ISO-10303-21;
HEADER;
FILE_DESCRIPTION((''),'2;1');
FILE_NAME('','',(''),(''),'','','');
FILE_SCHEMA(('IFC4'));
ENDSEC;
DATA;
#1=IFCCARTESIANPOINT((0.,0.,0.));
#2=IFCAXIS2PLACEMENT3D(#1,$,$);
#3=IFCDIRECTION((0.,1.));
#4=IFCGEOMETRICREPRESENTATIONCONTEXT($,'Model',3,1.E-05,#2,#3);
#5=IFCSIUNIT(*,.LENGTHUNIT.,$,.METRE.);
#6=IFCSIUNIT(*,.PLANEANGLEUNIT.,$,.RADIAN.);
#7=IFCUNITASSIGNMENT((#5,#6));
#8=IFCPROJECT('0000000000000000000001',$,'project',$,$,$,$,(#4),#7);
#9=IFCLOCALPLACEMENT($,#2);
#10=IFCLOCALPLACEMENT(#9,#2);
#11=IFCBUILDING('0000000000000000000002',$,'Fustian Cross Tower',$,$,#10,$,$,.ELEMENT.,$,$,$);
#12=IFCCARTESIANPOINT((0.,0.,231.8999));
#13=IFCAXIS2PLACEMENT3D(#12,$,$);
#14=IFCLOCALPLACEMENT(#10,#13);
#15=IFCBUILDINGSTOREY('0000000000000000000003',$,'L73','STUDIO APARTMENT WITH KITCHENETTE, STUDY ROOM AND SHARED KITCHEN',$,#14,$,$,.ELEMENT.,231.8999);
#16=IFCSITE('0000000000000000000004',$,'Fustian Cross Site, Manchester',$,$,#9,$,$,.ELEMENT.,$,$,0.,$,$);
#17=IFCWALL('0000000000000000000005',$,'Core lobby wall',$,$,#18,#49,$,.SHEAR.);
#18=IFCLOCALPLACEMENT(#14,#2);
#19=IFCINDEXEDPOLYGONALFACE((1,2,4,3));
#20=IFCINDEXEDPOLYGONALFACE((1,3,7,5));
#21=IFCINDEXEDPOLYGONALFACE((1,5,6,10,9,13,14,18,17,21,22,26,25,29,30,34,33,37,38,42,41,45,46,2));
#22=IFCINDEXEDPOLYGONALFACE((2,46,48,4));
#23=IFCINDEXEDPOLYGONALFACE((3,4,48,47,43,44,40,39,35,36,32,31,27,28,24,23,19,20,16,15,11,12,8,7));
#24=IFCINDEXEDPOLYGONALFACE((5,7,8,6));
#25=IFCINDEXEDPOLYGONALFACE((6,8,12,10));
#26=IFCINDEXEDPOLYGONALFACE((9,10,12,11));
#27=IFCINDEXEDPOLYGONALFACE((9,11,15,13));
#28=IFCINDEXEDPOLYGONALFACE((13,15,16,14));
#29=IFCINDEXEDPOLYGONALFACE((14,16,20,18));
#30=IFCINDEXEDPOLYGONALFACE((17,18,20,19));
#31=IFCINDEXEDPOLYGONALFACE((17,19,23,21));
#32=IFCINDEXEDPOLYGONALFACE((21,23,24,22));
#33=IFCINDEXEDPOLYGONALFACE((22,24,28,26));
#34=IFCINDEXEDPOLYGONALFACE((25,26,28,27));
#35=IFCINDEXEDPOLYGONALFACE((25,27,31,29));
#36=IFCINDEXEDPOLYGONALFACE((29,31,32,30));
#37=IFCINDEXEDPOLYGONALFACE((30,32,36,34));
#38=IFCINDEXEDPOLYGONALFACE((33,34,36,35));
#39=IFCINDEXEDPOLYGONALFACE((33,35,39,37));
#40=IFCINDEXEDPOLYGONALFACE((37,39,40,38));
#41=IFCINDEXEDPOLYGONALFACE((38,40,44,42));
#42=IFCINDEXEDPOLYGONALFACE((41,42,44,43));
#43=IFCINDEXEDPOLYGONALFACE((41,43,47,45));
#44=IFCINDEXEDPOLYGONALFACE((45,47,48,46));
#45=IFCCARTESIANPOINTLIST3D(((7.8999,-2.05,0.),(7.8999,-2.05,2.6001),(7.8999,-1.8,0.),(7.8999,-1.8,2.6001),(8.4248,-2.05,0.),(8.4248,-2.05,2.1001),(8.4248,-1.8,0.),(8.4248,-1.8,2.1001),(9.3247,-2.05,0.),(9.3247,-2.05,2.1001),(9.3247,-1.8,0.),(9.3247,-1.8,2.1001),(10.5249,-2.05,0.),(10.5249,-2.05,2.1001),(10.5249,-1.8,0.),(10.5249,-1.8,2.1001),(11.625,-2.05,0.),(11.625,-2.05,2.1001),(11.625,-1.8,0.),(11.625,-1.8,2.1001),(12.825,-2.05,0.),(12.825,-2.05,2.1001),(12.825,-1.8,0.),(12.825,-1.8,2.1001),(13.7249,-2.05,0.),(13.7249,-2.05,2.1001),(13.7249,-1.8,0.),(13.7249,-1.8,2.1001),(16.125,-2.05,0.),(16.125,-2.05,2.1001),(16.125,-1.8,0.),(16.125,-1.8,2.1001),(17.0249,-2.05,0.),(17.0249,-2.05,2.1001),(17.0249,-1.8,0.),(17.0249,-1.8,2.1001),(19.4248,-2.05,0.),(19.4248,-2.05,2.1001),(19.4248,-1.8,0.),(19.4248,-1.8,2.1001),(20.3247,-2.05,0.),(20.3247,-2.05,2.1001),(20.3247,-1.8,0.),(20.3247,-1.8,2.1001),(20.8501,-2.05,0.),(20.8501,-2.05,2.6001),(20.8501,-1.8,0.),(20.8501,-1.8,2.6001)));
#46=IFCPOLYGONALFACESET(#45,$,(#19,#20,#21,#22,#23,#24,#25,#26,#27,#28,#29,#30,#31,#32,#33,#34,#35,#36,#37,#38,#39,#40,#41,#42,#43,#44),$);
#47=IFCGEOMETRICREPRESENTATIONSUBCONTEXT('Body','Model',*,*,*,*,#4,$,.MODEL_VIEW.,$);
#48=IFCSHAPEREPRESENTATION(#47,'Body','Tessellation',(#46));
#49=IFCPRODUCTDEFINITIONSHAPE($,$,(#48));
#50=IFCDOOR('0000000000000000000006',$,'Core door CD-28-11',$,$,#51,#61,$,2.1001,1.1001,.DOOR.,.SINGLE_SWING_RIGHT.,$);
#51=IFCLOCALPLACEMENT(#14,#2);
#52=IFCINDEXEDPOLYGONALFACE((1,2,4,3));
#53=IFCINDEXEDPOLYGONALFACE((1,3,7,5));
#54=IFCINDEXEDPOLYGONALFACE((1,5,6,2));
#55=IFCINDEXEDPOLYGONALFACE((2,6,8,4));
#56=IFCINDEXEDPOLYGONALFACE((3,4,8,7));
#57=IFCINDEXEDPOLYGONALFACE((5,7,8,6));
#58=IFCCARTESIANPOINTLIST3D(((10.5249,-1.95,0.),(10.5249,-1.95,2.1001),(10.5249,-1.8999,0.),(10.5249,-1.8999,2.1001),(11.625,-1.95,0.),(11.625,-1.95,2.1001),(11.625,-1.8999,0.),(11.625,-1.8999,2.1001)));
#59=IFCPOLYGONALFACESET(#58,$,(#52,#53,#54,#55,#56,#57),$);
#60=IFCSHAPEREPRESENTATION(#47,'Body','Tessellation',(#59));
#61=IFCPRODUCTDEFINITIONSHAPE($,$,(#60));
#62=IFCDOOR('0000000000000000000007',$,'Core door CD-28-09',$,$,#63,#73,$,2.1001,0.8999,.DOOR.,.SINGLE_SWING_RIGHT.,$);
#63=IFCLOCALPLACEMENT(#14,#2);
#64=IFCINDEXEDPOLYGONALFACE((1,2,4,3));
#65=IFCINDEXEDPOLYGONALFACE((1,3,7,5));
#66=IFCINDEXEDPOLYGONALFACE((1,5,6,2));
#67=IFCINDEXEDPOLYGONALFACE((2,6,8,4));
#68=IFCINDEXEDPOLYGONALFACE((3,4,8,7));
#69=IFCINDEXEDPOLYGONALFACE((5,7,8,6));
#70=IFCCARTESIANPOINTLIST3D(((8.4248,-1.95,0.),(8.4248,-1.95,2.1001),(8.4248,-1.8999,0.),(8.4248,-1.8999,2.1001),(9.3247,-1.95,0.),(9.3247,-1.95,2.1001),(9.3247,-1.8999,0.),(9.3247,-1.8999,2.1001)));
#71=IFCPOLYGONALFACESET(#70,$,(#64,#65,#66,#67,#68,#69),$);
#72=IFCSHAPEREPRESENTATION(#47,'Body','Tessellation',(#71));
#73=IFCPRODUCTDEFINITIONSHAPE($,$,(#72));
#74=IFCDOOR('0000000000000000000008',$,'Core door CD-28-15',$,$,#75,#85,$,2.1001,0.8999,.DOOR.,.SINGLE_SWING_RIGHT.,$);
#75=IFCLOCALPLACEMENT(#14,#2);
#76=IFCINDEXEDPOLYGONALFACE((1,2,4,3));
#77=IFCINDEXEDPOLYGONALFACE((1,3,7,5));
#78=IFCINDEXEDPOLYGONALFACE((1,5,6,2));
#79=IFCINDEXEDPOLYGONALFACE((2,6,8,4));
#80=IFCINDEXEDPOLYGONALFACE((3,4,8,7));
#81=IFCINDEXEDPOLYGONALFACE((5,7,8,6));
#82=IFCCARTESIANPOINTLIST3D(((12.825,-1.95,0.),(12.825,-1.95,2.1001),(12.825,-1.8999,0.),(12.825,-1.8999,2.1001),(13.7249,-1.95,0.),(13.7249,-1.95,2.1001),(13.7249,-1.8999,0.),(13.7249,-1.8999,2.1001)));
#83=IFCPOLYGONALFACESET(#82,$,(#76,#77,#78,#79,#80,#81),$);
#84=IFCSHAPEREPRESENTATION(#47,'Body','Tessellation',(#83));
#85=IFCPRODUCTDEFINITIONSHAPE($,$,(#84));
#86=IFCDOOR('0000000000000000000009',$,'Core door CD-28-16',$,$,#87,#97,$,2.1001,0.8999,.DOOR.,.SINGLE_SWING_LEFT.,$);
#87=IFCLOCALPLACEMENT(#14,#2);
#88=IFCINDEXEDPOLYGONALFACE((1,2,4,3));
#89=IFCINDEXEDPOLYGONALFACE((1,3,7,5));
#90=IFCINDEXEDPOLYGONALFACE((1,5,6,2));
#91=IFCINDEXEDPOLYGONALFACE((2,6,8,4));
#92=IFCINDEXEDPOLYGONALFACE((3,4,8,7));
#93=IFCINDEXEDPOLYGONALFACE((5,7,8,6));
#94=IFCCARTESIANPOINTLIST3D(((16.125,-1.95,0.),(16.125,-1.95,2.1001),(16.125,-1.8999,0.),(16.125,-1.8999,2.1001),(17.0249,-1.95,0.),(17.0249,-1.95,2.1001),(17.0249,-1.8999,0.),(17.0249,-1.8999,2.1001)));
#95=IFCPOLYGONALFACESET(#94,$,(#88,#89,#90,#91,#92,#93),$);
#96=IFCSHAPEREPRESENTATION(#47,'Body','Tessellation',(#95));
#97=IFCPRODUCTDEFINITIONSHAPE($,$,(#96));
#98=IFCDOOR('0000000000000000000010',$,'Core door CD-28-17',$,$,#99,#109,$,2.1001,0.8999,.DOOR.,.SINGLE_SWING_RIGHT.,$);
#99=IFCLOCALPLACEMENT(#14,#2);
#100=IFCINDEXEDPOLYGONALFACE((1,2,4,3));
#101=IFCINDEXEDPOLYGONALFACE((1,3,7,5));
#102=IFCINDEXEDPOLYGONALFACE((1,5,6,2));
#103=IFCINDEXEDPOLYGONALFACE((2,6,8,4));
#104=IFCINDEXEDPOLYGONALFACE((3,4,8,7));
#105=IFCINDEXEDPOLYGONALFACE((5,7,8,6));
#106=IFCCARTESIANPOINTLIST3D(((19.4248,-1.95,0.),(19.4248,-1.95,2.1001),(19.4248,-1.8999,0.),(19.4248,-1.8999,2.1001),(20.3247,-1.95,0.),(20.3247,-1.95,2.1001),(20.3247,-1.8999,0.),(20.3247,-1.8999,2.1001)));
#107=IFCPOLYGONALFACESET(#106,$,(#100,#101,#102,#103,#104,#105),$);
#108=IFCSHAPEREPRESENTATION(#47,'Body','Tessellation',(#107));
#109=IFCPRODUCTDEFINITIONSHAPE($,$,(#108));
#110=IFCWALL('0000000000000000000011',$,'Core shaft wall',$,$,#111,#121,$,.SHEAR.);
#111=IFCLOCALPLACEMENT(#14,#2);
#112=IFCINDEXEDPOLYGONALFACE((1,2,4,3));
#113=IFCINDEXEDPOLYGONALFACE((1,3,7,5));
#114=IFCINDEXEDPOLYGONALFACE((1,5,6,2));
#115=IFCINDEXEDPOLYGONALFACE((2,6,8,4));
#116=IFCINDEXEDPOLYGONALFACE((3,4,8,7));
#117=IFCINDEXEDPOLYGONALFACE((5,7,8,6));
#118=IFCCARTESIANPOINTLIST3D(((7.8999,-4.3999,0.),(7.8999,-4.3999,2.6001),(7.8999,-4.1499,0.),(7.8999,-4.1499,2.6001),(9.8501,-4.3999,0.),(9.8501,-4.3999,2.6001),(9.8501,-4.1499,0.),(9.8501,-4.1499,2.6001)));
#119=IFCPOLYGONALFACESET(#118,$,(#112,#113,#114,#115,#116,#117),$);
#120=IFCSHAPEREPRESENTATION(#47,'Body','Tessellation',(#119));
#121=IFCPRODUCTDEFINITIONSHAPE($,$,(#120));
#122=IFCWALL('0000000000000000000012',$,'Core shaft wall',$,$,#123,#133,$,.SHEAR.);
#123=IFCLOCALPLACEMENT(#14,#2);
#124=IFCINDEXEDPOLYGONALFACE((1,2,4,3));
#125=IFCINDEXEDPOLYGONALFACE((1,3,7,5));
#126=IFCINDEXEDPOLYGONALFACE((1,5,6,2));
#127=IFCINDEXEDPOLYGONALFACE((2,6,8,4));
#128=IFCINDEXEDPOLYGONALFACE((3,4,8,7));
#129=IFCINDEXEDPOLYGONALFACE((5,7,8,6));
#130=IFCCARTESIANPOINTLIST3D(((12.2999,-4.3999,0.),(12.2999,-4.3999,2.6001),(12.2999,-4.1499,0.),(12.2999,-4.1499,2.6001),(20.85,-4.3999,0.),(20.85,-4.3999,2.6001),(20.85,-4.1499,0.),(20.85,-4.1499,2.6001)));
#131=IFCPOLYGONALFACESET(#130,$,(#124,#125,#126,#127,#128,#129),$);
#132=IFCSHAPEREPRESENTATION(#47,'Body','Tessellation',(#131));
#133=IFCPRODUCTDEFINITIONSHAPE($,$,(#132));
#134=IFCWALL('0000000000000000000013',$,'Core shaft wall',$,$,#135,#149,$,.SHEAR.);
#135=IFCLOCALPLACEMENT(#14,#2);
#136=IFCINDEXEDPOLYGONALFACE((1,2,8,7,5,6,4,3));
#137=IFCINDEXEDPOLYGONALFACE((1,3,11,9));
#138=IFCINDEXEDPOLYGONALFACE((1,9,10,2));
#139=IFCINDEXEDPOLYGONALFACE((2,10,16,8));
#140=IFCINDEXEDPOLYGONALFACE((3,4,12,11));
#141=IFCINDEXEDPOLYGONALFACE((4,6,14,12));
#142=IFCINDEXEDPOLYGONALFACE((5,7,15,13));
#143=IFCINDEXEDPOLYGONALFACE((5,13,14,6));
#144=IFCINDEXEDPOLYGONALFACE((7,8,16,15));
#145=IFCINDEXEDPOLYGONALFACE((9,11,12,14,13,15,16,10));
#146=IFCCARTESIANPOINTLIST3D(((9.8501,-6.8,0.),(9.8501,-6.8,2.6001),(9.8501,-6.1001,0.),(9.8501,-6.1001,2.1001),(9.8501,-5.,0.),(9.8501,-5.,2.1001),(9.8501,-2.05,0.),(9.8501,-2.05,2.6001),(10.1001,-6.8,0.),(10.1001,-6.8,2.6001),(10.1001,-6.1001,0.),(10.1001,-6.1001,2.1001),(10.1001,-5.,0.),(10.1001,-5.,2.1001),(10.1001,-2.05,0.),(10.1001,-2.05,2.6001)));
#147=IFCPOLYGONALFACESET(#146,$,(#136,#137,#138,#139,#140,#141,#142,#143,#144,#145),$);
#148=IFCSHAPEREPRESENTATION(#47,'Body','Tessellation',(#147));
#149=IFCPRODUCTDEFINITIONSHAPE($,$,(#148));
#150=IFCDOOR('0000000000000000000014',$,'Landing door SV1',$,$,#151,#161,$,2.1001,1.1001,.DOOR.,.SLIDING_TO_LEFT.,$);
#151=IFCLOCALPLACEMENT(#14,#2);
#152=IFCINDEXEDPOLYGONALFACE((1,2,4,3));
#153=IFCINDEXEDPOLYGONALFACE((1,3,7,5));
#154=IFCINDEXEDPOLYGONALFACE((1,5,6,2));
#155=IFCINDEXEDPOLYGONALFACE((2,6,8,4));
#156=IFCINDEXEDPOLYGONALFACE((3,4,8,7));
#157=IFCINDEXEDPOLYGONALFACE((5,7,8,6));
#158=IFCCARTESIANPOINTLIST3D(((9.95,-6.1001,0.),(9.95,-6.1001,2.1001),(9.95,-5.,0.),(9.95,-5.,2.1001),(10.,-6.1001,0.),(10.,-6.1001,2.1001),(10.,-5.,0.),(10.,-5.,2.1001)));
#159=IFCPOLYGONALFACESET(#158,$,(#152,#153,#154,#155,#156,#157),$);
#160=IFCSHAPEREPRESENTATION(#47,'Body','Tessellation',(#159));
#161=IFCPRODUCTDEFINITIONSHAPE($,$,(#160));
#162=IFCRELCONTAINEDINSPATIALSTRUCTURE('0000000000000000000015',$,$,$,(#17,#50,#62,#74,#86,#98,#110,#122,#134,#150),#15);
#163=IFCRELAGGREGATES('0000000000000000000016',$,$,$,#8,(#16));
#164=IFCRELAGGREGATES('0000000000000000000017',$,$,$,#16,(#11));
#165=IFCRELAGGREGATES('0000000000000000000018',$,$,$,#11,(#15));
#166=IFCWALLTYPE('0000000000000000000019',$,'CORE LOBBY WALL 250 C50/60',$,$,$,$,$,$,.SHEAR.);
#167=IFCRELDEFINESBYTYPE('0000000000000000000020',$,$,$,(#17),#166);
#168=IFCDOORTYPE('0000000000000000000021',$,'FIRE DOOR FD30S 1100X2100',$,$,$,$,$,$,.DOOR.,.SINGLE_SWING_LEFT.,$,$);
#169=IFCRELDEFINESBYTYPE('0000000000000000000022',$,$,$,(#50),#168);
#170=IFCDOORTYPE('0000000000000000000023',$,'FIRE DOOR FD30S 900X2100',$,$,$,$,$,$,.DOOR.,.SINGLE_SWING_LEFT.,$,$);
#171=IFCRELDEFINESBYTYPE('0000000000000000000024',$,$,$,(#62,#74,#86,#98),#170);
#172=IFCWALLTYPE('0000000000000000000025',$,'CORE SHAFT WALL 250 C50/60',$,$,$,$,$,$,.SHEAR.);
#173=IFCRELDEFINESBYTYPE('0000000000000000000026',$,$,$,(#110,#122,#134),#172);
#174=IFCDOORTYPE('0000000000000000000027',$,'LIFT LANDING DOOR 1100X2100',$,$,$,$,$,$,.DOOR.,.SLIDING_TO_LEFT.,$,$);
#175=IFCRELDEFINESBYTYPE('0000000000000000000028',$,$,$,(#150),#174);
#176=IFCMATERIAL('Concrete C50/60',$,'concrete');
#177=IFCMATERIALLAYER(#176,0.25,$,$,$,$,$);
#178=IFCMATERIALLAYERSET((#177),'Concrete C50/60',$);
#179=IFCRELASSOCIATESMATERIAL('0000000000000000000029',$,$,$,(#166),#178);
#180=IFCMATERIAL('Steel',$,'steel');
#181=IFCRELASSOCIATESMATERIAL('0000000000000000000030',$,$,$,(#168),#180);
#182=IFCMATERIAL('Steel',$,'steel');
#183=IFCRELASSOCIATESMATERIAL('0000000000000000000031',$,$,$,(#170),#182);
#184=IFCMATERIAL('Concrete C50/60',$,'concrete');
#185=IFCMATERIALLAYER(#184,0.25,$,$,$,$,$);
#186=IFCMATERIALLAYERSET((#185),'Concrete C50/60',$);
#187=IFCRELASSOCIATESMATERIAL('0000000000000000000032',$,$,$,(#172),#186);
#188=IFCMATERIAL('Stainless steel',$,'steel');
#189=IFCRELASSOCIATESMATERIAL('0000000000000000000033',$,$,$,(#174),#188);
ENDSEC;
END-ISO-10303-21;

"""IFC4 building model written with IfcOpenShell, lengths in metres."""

from ifc_helpers import new_model, si_unit, direction, frame, frame_2d, origin, place, context, subcontext, project, spatial, rectangle, extrude, material, layer, layer_set, type_object, element, fill, save


model = new_model("IFC4")

# Units and contexts
model_context = context("Model", 3, precision=1e-05, world=origin(), true_north=direction((0.0, 1.0)))
body_context = subcontext(model_context, "Body", "Model", "MODEL_VIEW")
ifc_project = project(units=[si_unit("LENGTHUNIT", "METRE"), si_unit("PLANEANGLEUNIT", "RADIAN")], contexts=[model_context])

# Site, building, storey
site_placement = place(None, origin())
site = spatial("IfcSite", under=ifc_project, at=site_placement, Name="Fustian Cross Site, Manchester", CompositionType="ELEMENT", RefElevation=0.0)
building_placement = place(site_placement, origin())
building = spatial("IfcBuilding", under=site, at=building_placement, Name="Fustian Cross Tower", CompositionType="ELEMENT")
storey_placement = place(building_placement, frame((0.0, 0.0, 231.8999)))
storey = spatial("IfcBuildingStorey", under=building, at=storey_placement, Name="L73", Description="STUDIO APARTMENT WITH KITCHENETTE, STUDY ROOM AND SHARED KITCHEN", CompositionType="ELEMENT", Elevation=231.8999)

# Wall, openings, doors
ifc_material_1 = material(Name="Concrete C50/60", Category="concrete")
ifc_layer_1 = layer(ifc_material_1, 0.25)
ifc_layer_set_1 = layer_set([ifc_layer_1], Name="Concrete C50/60")
wall_type_1 = type_object("IfcWallType", Name="CORE LOBBY WALL 250 C50/60", PredefinedType="SHEAR", material=ifc_layer_set_1)
wall_1_placement = place(storey_placement, frame((7.8999, -1.925, 0.0), z_axis=(0.0, 0.0, 1.0), x_axis=(1.0, 0.0, 0.0)))
wall_1 = element("IfcWall", 1, at=wall_1_placement, inside=storey, type_object=wall_type_1, Name="Core lobby wall", PredefinedType="SHEAR", context=body_context, shape_type="SweptSolid", body=[
    extrude(rectangle(XDim=12.9502, YDim=0.25, at=frame_2d((6.4751, 0.0))), origin(), (0.0, 0.0, 1.0), 2.6001),
])
opening_1_placement = place(wall_1_placement, frame((0.5249, 0.0, 0.0)))
opening_1 = element("IfcOpeningElement", 2, at=opening_1_placement, cuts=wall_1, PredefinedType="OPENING", context=body_context, shape_type="SweptSolid", body=[
    extrude(rectangle(XDim=0.8999, YDim=2.1001, at=frame_2d((0.45, 1.05))), frame((0.0, 0.135, 0.0), z_axis=(0.0, -1.0, 0.0), x_axis=(1.0, 0.0, 0.0)), (0.0, 0.0, 1.0), 0.27),
])
opening_2_placement = place(wall_1_placement, frame((2.625, 0.0, 0.0)))
opening_2 = element("IfcOpeningElement", 3, at=opening_2_placement, cuts=wall_1, PredefinedType="OPENING", context=body_context, shape_type="SweptSolid", body=[
    extrude(rectangle(XDim=1.1001, YDim=2.1001, at=frame_2d((0.55, 1.05))), frame((0.0, 0.135, 0.0), z_axis=(0.0, -1.0, 0.0), x_axis=(1.0, 0.0, 0.0)), (0.0, 0.0, 1.0), 0.27),
])
opening_3_placement = place(wall_1_placement, frame((4.925, 0.0, 0.0)))
opening_3 = element("IfcOpeningElement", 4, at=opening_3_placement, cuts=wall_1, PredefinedType="OPENING", context=body_context, shape_type="SweptSolid", body=[
    extrude(rectangle(XDim=0.8999, YDim=2.1001, at=frame_2d((0.45, 1.05))), frame((0.0, 0.135, 0.0), z_axis=(0.0, -1.0, 0.0), x_axis=(1.0, 0.0, 0.0)), (0.0, 0.0, 1.0), 0.27),
])
opening_4_placement = place(wall_1_placement, frame((8.2251, 0.0, 0.0)))
opening_4 = element("IfcOpeningElement", 5, at=opening_4_placement, cuts=wall_1, PredefinedType="OPENING", context=body_context, shape_type="SweptSolid", body=[
    extrude(rectangle(XDim=0.8999, YDim=2.1001, at=frame_2d((0.45, 1.05))), frame((0.0, 0.135, 0.0), z_axis=(0.0, -1.0, 0.0), x_axis=(1.0, 0.0, 0.0)), (0.0, 0.0, 1.0), 0.27),
])
opening_5_placement = place(wall_1_placement, frame((11.5249, 0.0, 0.0)))
opening_5 = element("IfcOpeningElement", 6, at=opening_5_placement, cuts=wall_1, PredefinedType="OPENING", context=body_context, shape_type="SweptSolid", body=[
    extrude(rectangle(XDim=0.8999, YDim=2.1001, at=frame_2d((0.45, 1.05))), frame((0.0, 0.135, 0.0), z_axis=(0.0, -1.0, 0.0), x_axis=(1.0, 0.0, 0.0)), (0.0, 0.0, 1.0), 0.27),
])
ifc_material_2 = material(Name="Steel", Category="steel")
door_type_1 = type_object("IfcDoorType", Name="FIRE DOOR FD30S 1100X2100", OperationType="SINGLE_SWING_LEFT", PredefinedType="DOOR", material=ifc_material_2)
door_1_placement = place(opening_2_placement, frame((1.1001, 0.0, 0.0), z_axis=(0.0, 0.0, 1.0), x_axis=(-1.0, 0.0, 0.0)))
door_1 = element("IfcDoor", 7, at=door_1_placement, inside=storey, type_object=door_type_1, Name="Core door CD-28-11", OperationType="SINGLE_SWING_RIGHT", OverallHeight=2.1001, OverallWidth=1.1001, PredefinedType="DOOR", context=body_context, shape_type="SweptSolid", body=[
    extrude(rectangle(XDim=1.1001, YDim=2.1001, at=frame_2d((0.55, 1.05))), frame((0.0, 0.0249, 0.0), z_axis=(0.0, -1.0, 0.0), x_axis=(1.0, 0.0, 0.0)), (0.0, 0.0, 1.0), 0.05),
])
fill(opening_2, door_1)
ifc_material_3 = material(Name="Steel", Category="steel")
door_type_2 = type_object("IfcDoorType", Name="FIRE DOOR FD30S 900X2100", OperationType="SINGLE_SWING_LEFT", PredefinedType="DOOR", material=ifc_material_3)
door_2_placement = place(opening_1_placement, frame((0.8999, 0.0, 0.0), z_axis=(0.0, 0.0, 1.0), x_axis=(-1.0, 0.0, 0.0)))
door_2 = element("IfcDoor", 8, at=door_2_placement, inside=storey, type_object=door_type_2, Name="Core door CD-28-09", OperationType="SINGLE_SWING_RIGHT", OverallHeight=2.1001, OverallWidth=0.8999, PredefinedType="DOOR", context=body_context, shape_type="SweptSolid", body=[
    extrude(rectangle(XDim=0.8999, YDim=2.1001, at=frame_2d((0.45, 1.05))), frame((0.0, 0.0249, 0.0), z_axis=(0.0, -1.0, 0.0), x_axis=(1.0, 0.0, 0.0)), (0.0, 0.0, 1.0), 0.05),
])
fill(opening_1, door_2)
door_3_placement = place(opening_3_placement, frame((0.8999, 0.0, 0.0), z_axis=(0.0, 0.0, 1.0), x_axis=(-1.0, 0.0, 0.0)))
door_3 = element("IfcDoor", 9, at=door_3_placement, inside=storey, type_object=door_type_2, Name="Core door CD-28-15", OperationType="SINGLE_SWING_RIGHT", OverallHeight=2.1001, OverallWidth=0.8999, PredefinedType="DOOR", context=body_context, shape_type="SweptSolid", body=[
    extrude(rectangle(XDim=0.8999, YDim=2.1001, at=frame_2d((0.45, 1.05))), frame((0.0, 0.0249, 0.0), z_axis=(0.0, -1.0, 0.0), x_axis=(1.0, 0.0, 0.0)), (0.0, 0.0, 1.0), 0.05),
])
fill(opening_3, door_3)
door_4_placement = place(opening_4_placement, frame((0.8999, 0.0, 0.0), z_axis=(0.0, 0.0, 1.0), x_axis=(-1.0, 0.0, 0.0)))
door_4 = element("IfcDoor", 10, at=door_4_placement, inside=storey, type_object=door_type_2, Name="Core door CD-28-16", OperationType="SINGLE_SWING_LEFT", OverallHeight=2.1001, OverallWidth=0.8999, PredefinedType="DOOR", context=body_context, shape_type="SweptSolid", body=[
    extrude(rectangle(XDim=0.8999, YDim=2.1001, at=frame_2d((0.45, 1.05))), frame((0.0, 0.0249, 0.0), z_axis=(0.0, -1.0, 0.0), x_axis=(1.0, 0.0, 0.0)), (0.0, 0.0, 1.0), 0.05),
])
fill(opening_4, door_4)
door_5_placement = place(opening_5_placement, frame((0.8999, 0.0, 0.0), z_axis=(0.0, 0.0, 1.0), x_axis=(-1.0, 0.0, 0.0)))
door_5 = element("IfcDoor", 11, at=door_5_placement, inside=storey, type_object=door_type_2, Name="Core door CD-28-17", OperationType="SINGLE_SWING_RIGHT", OverallHeight=2.1001, OverallWidth=0.8999, PredefinedType="DOOR", context=body_context, shape_type="SweptSolid", body=[
    extrude(rectangle(XDim=0.8999, YDim=2.1001, at=frame_2d((0.45, 1.05))), frame((0.0, 0.0249, 0.0), z_axis=(0.0, -1.0, 0.0), x_axis=(1.0, 0.0, 0.0)), (0.0, 0.0, 1.0), 0.05),
])
fill(opening_5, door_5)

# Walls
ifc_material_4 = material(Name="Concrete C50/60", Category="concrete")
ifc_layer_2 = layer(ifc_material_4, 0.25)
ifc_layer_set_2 = layer_set([ifc_layer_2], Name="Concrete C50/60")
wall_type_2 = type_object("IfcWallType", Name="CORE SHAFT WALL 250 C50/60", PredefinedType="SHEAR", material=ifc_layer_set_2)
wall_2_placement = place(storey_placement, frame((7.8999, -4.2749, 0.0), z_axis=(0.0, 0.0, 1.0), x_axis=(1.0, 0.0, 0.0)))
element("IfcWall", 12, at=wall_2_placement, inside=storey, type_object=wall_type_2, Name="Core shaft wall", PredefinedType="SHEAR", context=body_context, shape_type="SweptSolid", body=[
    extrude(rectangle(XDim=1.9502, YDim=0.25, at=frame_2d((0.9751, 0.0))), origin(), (0.0, 0.0, 1.0), 2.6001),
])
wall_3_placement = place(storey_placement, frame((12.3, -4.2749, 0.0), z_axis=(0.0, 0.0, 1.0), x_axis=(1.0, 0.0, 0.0)))
element("IfcWall", 13, at=wall_3_placement, inside=storey, type_object=wall_type_2, Name="Core shaft wall", PredefinedType="SHEAR", context=body_context, shape_type="SweptSolid", body=[
    extrude(rectangle(XDim=8.55, YDim=0.25, at=frame_2d((4.2749, 0.0))), origin(), (0.0, 0.0, 1.0), 2.6001),
])

# Wall, opening, door
wall_4_placement = place(storey_placement, frame((9.9751, -2.05, 0.0), z_axis=(0.0, 0.0, 1.0), x_axis=(0.0, -1.0, 0.0)))
wall_4 = element("IfcWall", 14, at=wall_4_placement, inside=storey, type_object=wall_type_2, Name="Core shaft wall", PredefinedType="SHEAR", context=body_context, shape_type="SweptSolid", body=[
    extrude(rectangle(XDim=4.75, YDim=0.25, at=frame_2d((2.375, 0.0))), origin(), (0.0, 0.0, 1.0), 2.6001),
])
opening_6_placement = place(wall_4_placement, frame((2.95, 0.0, 0.0)))
opening_6 = element("IfcOpeningElement", 15, at=opening_6_placement, cuts=wall_4, PredefinedType="OPENING", context=body_context, shape_type="SweptSolid", body=[
    extrude(rectangle(XDim=1.1001, YDim=2.1001, at=frame_2d((0.55, 1.05))), frame((0.0, 0.135, 0.0), z_axis=(0.0, -1.0, 0.0), x_axis=(1.0, 0.0, 0.0)), (0.0, 0.0, 1.0), 0.27),
])
ifc_material_5 = material(Name="Stainless steel", Category="steel")
door_type_3 = type_object("IfcDoorType", Name="LIFT LANDING DOOR 1100X2100", OperationType="SLIDING_TO_LEFT", PredefinedType="DOOR", material=ifc_material_5)
door_6_placement = place(opening_6_placement, origin())
door_6 = element("IfcDoor", 16, at=door_6_placement, inside=storey, type_object=door_type_3, Name="Landing door SV1", OperationType="SLIDING_TO_LEFT", OverallHeight=2.1001, OverallWidth=1.1001, PredefinedType="DOOR", context=body_context, shape_type="SweptSolid", body=[
    extrude(rectangle(XDim=1.1001, YDim=2.1001, at=frame_2d((0.55, 1.05))), frame((0.0, 0.0249, 0.0), z_axis=(0.0, -1.0, 0.0), x_axis=(1.0, 0.0, 0.0)), (0.0, 0.0, 1.0), 0.05),
])
fill(opening_6, door_6)

save(model, "model.ifc")
